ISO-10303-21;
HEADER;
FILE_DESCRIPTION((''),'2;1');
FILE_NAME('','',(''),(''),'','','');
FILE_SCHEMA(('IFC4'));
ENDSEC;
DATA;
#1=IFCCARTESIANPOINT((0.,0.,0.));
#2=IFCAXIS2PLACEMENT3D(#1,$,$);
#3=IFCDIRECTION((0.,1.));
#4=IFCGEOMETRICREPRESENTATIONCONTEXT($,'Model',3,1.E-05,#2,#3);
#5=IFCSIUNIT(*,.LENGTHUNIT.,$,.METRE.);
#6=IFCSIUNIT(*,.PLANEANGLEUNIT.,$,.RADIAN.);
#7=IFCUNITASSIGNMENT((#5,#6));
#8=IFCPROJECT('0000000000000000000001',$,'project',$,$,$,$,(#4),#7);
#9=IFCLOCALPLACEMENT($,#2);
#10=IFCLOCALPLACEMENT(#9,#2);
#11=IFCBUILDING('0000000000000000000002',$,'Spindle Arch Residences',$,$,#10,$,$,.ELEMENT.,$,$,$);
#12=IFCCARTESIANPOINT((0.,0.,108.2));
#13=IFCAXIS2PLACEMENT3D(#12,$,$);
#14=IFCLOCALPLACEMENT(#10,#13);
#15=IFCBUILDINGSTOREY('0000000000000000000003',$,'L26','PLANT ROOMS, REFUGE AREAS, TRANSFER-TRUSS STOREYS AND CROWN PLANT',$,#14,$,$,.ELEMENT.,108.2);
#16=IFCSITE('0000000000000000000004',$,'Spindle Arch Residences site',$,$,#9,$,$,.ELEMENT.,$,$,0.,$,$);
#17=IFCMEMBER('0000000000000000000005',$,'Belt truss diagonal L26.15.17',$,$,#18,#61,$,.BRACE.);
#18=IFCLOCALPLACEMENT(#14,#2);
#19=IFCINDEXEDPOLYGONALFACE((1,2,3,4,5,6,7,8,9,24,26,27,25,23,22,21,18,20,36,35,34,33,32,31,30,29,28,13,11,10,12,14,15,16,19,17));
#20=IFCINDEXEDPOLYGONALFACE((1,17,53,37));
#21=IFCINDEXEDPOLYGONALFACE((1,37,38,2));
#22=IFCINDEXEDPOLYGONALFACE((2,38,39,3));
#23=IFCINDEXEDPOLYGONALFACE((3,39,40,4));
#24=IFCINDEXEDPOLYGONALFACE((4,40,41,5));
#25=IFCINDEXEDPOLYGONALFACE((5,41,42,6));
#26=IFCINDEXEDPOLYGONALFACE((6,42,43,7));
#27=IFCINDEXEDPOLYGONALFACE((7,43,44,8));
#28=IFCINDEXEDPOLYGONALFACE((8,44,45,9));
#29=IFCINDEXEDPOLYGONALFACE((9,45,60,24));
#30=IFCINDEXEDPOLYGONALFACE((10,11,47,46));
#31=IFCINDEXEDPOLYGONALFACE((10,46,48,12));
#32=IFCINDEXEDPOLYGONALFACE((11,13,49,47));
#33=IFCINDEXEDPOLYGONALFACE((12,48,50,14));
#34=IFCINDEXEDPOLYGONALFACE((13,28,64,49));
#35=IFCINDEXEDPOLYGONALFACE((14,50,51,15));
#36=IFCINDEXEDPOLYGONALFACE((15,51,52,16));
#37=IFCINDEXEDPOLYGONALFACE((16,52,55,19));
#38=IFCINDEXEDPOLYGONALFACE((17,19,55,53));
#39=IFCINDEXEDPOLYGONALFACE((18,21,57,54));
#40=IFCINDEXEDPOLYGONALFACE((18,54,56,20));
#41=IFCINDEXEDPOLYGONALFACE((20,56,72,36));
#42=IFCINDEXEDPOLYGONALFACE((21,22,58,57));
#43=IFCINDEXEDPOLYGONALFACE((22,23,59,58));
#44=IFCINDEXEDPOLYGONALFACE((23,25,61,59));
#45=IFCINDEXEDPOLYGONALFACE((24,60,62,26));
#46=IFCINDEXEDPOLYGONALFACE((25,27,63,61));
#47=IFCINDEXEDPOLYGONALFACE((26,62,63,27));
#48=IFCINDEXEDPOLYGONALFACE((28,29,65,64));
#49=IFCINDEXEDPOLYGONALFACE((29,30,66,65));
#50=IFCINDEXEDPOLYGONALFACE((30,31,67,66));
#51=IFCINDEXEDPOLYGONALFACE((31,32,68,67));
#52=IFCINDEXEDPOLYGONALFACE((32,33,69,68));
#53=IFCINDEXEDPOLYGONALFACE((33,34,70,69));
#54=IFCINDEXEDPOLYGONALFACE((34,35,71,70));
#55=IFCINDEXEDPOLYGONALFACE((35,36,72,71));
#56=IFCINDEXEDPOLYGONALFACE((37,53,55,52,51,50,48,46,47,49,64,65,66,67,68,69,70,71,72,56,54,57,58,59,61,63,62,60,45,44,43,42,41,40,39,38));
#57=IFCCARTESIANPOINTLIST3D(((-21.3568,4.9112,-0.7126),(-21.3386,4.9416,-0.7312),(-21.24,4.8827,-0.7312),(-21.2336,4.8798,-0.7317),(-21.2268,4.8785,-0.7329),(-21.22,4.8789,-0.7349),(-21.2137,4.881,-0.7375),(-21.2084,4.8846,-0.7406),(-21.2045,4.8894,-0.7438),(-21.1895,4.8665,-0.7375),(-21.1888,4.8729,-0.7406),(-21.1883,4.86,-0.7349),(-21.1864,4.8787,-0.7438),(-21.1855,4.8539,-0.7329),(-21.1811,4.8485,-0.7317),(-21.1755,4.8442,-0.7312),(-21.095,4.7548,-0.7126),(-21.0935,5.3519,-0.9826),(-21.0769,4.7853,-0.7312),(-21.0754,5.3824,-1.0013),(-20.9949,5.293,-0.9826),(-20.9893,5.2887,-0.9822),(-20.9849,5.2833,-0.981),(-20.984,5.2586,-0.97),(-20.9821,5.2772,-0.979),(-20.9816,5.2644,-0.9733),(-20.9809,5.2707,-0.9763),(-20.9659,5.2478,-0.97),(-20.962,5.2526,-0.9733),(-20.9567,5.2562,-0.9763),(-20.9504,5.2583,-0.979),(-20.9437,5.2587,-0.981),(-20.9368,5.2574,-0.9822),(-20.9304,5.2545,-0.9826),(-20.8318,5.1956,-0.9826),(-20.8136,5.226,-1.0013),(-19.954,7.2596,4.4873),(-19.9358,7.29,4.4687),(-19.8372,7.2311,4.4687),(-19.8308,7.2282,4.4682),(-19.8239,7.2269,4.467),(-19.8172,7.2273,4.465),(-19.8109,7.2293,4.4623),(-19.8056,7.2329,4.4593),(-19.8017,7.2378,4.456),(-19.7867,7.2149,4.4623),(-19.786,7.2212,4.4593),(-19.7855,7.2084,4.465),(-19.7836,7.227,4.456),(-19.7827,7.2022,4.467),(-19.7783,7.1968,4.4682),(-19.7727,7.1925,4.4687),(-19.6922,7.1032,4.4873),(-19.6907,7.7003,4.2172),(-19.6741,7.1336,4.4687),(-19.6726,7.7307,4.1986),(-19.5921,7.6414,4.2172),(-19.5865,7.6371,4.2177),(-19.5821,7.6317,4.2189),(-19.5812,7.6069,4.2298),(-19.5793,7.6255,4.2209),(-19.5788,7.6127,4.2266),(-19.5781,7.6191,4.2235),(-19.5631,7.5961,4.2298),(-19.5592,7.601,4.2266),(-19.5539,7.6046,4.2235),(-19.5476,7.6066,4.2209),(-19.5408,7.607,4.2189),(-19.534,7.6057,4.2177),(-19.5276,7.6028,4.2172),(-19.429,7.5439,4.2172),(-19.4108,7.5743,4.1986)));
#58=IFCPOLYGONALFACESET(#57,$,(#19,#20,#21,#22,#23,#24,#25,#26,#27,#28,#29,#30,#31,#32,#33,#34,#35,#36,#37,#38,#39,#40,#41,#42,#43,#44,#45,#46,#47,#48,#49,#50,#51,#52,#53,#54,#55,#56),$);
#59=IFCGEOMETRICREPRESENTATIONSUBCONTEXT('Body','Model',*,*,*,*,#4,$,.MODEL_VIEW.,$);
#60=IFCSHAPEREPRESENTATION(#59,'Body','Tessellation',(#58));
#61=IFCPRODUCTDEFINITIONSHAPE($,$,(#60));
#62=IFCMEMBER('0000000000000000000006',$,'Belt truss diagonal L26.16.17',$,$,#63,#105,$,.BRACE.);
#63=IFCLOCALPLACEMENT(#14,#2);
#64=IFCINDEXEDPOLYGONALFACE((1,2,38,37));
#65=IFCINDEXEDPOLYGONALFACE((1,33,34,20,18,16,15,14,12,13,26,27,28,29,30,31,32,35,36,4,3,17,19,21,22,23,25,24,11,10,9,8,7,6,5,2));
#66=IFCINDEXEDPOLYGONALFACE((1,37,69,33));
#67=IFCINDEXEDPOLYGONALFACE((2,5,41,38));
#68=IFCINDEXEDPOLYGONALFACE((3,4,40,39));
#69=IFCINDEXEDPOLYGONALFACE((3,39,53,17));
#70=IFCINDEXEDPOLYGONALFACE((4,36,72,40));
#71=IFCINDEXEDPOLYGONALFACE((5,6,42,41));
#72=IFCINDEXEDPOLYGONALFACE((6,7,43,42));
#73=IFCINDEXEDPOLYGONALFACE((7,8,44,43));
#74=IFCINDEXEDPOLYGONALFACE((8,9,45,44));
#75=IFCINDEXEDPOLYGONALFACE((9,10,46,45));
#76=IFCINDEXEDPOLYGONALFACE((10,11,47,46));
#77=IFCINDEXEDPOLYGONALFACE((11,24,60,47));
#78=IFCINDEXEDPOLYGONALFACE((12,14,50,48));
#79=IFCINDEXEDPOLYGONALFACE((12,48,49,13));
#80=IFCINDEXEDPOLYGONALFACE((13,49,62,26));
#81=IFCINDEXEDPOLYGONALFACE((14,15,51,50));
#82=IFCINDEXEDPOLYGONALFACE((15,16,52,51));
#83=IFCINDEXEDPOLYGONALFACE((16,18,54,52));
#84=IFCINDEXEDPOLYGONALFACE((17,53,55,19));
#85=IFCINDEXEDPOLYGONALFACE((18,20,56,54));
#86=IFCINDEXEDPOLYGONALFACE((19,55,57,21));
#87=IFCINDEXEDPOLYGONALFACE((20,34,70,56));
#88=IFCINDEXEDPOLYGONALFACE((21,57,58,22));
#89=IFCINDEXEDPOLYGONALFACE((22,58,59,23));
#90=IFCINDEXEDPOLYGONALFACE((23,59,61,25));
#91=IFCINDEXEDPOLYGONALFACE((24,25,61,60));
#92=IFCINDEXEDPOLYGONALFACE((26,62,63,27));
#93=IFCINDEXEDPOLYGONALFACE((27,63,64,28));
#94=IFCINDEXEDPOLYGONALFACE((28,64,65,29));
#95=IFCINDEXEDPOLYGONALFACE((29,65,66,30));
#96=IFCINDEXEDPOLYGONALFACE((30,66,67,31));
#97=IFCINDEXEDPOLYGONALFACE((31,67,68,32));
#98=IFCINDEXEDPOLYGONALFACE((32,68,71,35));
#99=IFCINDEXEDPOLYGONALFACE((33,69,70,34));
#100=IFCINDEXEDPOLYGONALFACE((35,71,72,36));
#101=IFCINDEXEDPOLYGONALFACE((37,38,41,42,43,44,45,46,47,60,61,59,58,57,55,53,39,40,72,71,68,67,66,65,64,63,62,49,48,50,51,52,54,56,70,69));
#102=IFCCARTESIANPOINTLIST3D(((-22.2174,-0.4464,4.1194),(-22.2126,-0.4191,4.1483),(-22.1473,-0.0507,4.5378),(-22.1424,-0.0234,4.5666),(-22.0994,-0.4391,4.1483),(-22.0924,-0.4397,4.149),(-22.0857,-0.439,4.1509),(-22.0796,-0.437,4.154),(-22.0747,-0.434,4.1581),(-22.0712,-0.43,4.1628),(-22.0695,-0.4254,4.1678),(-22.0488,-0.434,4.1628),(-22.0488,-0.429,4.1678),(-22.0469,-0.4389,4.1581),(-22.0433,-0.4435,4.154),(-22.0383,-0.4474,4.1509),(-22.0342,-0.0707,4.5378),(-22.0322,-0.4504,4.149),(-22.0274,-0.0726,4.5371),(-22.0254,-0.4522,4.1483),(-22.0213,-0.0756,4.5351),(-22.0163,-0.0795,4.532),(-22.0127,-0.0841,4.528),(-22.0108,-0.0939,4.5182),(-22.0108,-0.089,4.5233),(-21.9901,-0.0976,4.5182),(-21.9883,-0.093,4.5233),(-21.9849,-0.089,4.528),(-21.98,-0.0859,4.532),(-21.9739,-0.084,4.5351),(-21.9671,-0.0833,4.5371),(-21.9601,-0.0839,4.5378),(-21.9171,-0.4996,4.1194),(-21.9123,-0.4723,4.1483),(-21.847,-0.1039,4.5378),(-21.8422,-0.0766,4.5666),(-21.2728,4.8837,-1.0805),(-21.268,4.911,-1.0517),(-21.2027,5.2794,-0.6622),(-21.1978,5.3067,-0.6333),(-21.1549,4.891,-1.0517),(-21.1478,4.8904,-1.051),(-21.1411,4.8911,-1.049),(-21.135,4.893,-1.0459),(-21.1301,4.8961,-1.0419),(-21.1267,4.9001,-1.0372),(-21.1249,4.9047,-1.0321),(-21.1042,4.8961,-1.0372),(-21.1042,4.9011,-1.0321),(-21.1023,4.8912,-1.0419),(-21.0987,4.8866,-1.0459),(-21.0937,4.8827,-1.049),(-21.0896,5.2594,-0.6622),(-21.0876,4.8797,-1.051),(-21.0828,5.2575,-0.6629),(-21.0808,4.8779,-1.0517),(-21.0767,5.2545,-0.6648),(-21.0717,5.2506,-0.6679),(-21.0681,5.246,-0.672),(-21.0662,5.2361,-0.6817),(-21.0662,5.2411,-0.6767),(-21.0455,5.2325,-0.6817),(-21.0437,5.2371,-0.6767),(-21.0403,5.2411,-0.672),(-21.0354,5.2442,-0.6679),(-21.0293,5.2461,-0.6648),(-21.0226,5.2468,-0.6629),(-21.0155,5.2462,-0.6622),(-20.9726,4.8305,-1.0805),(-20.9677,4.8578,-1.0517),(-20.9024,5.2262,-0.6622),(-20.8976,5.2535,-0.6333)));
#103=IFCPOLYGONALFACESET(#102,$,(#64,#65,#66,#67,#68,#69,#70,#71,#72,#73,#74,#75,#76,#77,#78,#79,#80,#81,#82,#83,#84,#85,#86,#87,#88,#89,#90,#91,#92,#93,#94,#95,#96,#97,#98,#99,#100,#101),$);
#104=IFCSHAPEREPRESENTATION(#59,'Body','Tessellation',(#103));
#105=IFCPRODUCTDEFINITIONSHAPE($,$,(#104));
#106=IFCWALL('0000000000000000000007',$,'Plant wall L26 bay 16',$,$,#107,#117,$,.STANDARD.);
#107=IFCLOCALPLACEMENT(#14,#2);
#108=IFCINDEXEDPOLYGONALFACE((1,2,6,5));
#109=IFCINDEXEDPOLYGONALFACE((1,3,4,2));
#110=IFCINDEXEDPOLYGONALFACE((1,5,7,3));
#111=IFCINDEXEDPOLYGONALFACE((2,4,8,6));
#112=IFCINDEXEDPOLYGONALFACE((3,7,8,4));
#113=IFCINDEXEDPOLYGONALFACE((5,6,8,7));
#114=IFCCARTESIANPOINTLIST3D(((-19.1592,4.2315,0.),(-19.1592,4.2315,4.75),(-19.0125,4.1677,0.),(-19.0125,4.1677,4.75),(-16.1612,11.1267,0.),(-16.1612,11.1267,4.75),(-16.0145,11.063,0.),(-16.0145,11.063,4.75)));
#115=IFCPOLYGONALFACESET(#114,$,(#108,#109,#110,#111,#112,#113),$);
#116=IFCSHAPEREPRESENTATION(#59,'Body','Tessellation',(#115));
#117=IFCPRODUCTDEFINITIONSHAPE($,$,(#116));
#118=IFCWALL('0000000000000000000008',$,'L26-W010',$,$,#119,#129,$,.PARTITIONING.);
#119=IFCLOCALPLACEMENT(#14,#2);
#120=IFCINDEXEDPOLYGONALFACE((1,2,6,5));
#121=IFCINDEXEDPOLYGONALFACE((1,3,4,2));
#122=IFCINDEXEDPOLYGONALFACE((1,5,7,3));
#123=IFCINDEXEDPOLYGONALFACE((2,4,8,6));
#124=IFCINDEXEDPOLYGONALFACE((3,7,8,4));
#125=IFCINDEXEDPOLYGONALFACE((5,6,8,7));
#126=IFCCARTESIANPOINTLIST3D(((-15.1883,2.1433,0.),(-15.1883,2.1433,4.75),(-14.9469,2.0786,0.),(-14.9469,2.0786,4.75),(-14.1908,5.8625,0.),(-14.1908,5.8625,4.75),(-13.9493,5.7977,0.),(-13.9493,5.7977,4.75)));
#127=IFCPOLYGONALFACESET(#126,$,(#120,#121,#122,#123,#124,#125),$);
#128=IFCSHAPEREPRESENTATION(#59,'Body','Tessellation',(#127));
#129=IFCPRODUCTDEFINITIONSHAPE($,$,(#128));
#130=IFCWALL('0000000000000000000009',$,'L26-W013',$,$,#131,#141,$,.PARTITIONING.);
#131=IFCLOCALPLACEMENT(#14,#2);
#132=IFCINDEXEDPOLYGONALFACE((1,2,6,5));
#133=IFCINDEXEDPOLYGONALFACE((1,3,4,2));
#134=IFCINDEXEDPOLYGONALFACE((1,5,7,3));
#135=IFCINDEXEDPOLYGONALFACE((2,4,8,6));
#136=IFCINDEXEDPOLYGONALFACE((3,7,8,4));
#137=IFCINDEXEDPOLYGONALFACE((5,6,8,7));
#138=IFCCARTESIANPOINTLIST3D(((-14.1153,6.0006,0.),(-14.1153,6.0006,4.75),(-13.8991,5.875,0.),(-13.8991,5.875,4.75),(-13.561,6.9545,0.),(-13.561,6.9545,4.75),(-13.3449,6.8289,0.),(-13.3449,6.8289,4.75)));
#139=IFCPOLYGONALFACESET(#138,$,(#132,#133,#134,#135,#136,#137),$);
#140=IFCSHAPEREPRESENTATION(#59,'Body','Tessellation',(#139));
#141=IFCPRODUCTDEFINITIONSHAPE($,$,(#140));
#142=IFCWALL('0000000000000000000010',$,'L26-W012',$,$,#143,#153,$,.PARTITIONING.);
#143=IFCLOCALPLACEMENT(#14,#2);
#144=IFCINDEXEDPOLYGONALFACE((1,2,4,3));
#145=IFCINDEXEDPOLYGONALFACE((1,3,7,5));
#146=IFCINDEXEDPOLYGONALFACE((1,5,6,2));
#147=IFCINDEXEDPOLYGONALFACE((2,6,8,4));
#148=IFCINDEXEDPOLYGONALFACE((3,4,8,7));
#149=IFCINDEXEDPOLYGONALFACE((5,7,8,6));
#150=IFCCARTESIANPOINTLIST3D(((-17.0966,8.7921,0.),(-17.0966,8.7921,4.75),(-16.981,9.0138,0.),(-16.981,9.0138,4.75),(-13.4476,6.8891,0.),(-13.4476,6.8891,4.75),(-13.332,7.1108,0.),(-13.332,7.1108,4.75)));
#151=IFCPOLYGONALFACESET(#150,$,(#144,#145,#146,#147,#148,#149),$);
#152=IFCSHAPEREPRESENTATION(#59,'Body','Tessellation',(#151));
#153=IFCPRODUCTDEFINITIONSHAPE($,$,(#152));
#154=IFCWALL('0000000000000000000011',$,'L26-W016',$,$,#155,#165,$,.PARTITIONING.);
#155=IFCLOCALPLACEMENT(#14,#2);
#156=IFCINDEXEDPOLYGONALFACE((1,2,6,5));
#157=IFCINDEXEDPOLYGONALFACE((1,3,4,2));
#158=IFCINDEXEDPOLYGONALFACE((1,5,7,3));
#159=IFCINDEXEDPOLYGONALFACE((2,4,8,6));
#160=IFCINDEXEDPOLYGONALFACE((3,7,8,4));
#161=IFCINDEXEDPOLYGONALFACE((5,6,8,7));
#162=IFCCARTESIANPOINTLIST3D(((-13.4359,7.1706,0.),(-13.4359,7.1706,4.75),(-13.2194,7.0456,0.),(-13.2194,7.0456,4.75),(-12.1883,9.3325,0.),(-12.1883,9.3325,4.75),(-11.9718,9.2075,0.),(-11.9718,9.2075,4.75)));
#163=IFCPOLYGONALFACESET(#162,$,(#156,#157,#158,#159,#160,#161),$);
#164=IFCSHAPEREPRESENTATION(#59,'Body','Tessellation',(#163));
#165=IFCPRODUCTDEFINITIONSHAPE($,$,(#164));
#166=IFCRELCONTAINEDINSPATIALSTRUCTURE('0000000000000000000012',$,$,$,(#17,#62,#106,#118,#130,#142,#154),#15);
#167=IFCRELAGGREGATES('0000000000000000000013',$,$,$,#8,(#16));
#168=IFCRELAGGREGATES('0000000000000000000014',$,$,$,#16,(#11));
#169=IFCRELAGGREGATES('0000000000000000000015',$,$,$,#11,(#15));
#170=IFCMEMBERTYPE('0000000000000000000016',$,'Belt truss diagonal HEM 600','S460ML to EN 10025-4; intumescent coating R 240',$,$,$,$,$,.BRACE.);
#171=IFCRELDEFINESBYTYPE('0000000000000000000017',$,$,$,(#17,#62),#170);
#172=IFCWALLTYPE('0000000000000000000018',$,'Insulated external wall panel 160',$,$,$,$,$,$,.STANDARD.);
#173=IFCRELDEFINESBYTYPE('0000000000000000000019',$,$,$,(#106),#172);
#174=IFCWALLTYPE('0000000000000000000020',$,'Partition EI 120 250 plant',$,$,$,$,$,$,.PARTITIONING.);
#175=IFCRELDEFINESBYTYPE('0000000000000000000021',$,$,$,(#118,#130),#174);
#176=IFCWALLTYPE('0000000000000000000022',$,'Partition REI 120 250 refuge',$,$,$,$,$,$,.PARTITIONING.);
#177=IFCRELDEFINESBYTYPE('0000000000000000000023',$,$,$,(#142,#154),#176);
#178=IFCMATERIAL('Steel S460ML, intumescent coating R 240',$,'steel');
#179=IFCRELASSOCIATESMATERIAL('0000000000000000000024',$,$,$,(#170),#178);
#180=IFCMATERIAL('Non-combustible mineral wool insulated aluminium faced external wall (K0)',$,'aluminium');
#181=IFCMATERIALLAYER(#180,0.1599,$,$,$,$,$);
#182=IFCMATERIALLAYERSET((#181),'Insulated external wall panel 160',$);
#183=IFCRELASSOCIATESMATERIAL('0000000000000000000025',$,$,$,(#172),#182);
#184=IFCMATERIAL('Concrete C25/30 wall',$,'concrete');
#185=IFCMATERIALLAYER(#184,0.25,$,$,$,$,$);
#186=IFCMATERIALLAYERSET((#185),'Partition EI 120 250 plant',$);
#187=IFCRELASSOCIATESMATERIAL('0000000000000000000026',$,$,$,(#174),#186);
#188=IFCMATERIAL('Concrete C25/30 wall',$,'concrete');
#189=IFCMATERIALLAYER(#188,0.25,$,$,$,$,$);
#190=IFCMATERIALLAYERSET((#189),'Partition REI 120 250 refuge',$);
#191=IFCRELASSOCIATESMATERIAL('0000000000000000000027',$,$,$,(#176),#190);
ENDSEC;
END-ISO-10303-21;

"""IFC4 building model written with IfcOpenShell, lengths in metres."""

from ifc_helpers import new_model, si_unit, direction, frame, frame_2d, origin, origin_2d, place, context, subcontext, project, spatial, rectangle, i_section, extrude, material, layer, layer_set, material_profile, profile_set, type_object, element, save


model = new_model("IFC4")

# Units and contexts
model_context = context("Model", 3, precision=1e-05, world=origin(), true_north=direction((0.0, 1.0)))
body_context = subcontext(model_context, "Body", "Model", "MODEL_VIEW")
ifc_project = project(units=[si_unit("LENGTHUNIT", "METRE"), si_unit("PLANEANGLEUNIT", "RADIAN")], contexts=[model_context])

# Site, building, storey
site_placement = place(None, origin())
site = spatial("IfcSite", under=ifc_project, at=site_placement, Name="Spindle Arch Residences site", CompositionType="ELEMENT", RefElevation=0.0)
building_placement = place(site_placement, origin())
building = spatial("IfcBuilding", under=site, at=building_placement, Name="Spindle Arch Residences", CompositionType="ELEMENT")
storey_placement = place(building_placement, frame((0.0, 0.0, 108.2)))
storey = spatial("IfcBuildingStorey", under=building, at=storey_placement, Name="L26", Description="PLANT ROOMS, REFUGE AREAS, TRANSFER-TRUSS STOREYS AND CROWN PLANT", CompositionType="ELEMENT", Elevation=108.2)

# Members
ifc_material_1 = material(Name="Steel S460ML, intumescent coating R 240", Category="steel")
ifc_material_profile_1 = material_profile(ifc_material_1, i_section(OverallWidth=0.3049, OverallDepth=0.6201, WebThickness=0.021, FlangeThickness=0.04, FilletRadius=0.0271, at=origin_2d()), Name="HEM 600")
ifc_profile_set_1 = profile_set([ifc_material_profile_1], Name="Steel S460ML, intumescent coating R 240")
member_type_1 = type_object("IfcMemberType", Name="Belt truss diagonal HEM 600", Description="S460ML to EN 10025-4; intumescent coating R 240", PredefinedType="BRACE", material=ifc_profile_set_1)
member_1_placement = place(storey_placement, frame((-21.0852, 5.0686, -0.8569), z_axis=(0.238757, 0.399687, 0.885012), x_axis=(-0.858491, 0.512828, 0.0)))
element("IfcMember", 1, at=member_1_placement, inside=storey, type_object=member_type_1, Name="Belt truss diagonal L26.15.17", PredefinedType="BRACE", context=body_context, shape_type="SweptSolid", body=[
    extrude(i_section(OverallWidth=0.3049, OverallDepth=0.6201, WebThickness=0.021, FlangeThickness=0.04, FilletRadius=0.0271, at=origin_2d()), origin(), (0.0, 0.0, 1.0), 5.8755),
])
member_2_placement = place(storey_placement, frame((-21.0852, 5.0686, -0.8569), z_axis=(-0.125842, -0.7101, 0.692764), x_axis=(0.984658, -0.174498, 0.0)))
element("IfcMember", 2, at=member_2_placement, inside=storey, type_object=member_type_1, Name="Belt truss diagonal L26.16.17", PredefinedType="BRACE", context=body_context, shape_type="SweptSolid", body=[
    extrude(i_section(OverallWidth=0.3049, OverallDepth=0.6201, WebThickness=0.021, FlangeThickness=0.04, FilletRadius=0.0271, at=origin_2d()), origin(), (0.0, 0.0, 1.0), 7.5061),
])

# Walls
ifc_material_2 = material(Name="Non-combustible mineral wool insulated aluminium faced external wall (K0)", Category="aluminium")
ifc_layer_1 = layer(ifc_material_2, 0.1599)
ifc_layer_set_1 = layer_set([ifc_layer_1], Name="Insulated external wall panel 160")
wall_type_1 = type_object("IfcWallType", Name="Insulated external wall panel 160", PredefinedType="STANDARD", material=ifc_layer_set_1)
wall_1_placement = place(storey_placement, frame((-16.0879, 11.0947, 0.0), z_axis=(0.0, 0.0, 1.0), x_axis=(-0.398738, -0.917065, 0.0)))
element("IfcWall", 3, at=wall_1_placement, inside=storey, type_object=wall_type_1, Name="Plant wall L26 bay 16", PredefinedType="STANDARD", context=body_context, shape_type="SweptSolid", body=[
    extrude(rectangle(XDim=7.5188, YDim=0.1599, at=frame_2d((3.7593, 0.0))), origin(), (0.0, 0.0, 1.0), 4.75),
])
ifc_material_3 = material(Name="Concrete C25/30 wall", Category="concrete")
ifc_layer_2 = layer(ifc_material_3, 0.25)
ifc_layer_set_2 = layer_set([ifc_layer_2], Name="Partition EI 120 250 plant")
wall_type_2 = type_object("IfcWallType", Name="Partition EI 120 250 plant", PredefinedType="PARTITIONING", material=ifc_layer_set_2)
wall_2_placement = place(storey_placement, frame((-14.0701, 5.8301, 0.0), z_axis=(0.0, 0.0, 1.0), x_axis=(-0.259059, -0.965861, 0.0)))
element("IfcWall", 4, at=wall_2_placement, inside=storey, type_object=wall_type_2, Name="L26-W010", PredefinedType="PARTITIONING", context=body_context, shape_type="SweptSolid", body=[
    extrude(rectangle(XDim=3.8506, YDim=0.25, at=frame_2d((1.9253, 0.0))), origin(), (0.0, 0.0, 1.0), 4.75),
])
wall_3_placement = place(storey_placement, frame((-13.4529, 6.8918, 0.0), z_axis=(0.0, 0.0, 1.0), x_axis=(-0.50237, -0.864653, 0.0)))
element("IfcWall", 5, at=wall_3_placement, inside=storey, type_object=wall_type_2, Name="L26-W013", PredefinedType="PARTITIONING", context=body_context, shape_type="SweptSolid", body=[
    extrude(rectangle(XDim=1.1033, YDim=0.25, at=frame_2d((0.5518, 0.0))), origin(), (0.0, 0.0, 1.0), 4.75),
])
ifc_material_4 = material(Name="Concrete C25/30 wall", Category="concrete")
ifc_layer_3 = layer(ifc_material_4, 0.25)
ifc_layer_set_3 = layer_set([ifc_layer_3], Name="Partition REI 120 250 refuge")
wall_type_3 = type_object("IfcWallType", Name="Partition REI 120 250 refuge", PredefinedType="PARTITIONING", material=ifc_layer_set_3)
wall_4_placement = place(storey_placement, frame((-13.3899, 7.0, 0.0), z_axis=(0.0, 0.0, 1.0), x_axis=(-0.886668, 0.462406, 0.0)))
element("IfcWall", 6, at=wall_4_placement, inside=storey, type_object=wall_type_3, Name="L26-W012", PredefinedType="PARTITIONING", context=body_context, shape_type="SweptSolid", body=[
    extrude(rectangle(XDim=4.1155, YDim=0.25, at=frame_2d((2.0576, 0.0))), origin(), (0.0, 0.0, 1.0), 4.75),
])
wall_5_placement = place(storey_placement, frame((-12.0801, 9.27, 0.0), z_axis=(0.0, 0.0, 1.0), x_axis=(-0.499821, -0.866129, 0.0)))
element("IfcWall", 7, at=wall_5_placement, inside=storey, type_object=wall_type_3, Name="L26-W016", PredefinedType="PARTITIONING", context=body_context, shape_type="SweptSolid", body=[
    extrude(rectangle(XDim=2.4961, YDim=0.25, at=frame_2d((1.248, 0.0))), origin(), (0.0, 0.0, 1.0), 4.75),
])

save(model, "model.ifc")
